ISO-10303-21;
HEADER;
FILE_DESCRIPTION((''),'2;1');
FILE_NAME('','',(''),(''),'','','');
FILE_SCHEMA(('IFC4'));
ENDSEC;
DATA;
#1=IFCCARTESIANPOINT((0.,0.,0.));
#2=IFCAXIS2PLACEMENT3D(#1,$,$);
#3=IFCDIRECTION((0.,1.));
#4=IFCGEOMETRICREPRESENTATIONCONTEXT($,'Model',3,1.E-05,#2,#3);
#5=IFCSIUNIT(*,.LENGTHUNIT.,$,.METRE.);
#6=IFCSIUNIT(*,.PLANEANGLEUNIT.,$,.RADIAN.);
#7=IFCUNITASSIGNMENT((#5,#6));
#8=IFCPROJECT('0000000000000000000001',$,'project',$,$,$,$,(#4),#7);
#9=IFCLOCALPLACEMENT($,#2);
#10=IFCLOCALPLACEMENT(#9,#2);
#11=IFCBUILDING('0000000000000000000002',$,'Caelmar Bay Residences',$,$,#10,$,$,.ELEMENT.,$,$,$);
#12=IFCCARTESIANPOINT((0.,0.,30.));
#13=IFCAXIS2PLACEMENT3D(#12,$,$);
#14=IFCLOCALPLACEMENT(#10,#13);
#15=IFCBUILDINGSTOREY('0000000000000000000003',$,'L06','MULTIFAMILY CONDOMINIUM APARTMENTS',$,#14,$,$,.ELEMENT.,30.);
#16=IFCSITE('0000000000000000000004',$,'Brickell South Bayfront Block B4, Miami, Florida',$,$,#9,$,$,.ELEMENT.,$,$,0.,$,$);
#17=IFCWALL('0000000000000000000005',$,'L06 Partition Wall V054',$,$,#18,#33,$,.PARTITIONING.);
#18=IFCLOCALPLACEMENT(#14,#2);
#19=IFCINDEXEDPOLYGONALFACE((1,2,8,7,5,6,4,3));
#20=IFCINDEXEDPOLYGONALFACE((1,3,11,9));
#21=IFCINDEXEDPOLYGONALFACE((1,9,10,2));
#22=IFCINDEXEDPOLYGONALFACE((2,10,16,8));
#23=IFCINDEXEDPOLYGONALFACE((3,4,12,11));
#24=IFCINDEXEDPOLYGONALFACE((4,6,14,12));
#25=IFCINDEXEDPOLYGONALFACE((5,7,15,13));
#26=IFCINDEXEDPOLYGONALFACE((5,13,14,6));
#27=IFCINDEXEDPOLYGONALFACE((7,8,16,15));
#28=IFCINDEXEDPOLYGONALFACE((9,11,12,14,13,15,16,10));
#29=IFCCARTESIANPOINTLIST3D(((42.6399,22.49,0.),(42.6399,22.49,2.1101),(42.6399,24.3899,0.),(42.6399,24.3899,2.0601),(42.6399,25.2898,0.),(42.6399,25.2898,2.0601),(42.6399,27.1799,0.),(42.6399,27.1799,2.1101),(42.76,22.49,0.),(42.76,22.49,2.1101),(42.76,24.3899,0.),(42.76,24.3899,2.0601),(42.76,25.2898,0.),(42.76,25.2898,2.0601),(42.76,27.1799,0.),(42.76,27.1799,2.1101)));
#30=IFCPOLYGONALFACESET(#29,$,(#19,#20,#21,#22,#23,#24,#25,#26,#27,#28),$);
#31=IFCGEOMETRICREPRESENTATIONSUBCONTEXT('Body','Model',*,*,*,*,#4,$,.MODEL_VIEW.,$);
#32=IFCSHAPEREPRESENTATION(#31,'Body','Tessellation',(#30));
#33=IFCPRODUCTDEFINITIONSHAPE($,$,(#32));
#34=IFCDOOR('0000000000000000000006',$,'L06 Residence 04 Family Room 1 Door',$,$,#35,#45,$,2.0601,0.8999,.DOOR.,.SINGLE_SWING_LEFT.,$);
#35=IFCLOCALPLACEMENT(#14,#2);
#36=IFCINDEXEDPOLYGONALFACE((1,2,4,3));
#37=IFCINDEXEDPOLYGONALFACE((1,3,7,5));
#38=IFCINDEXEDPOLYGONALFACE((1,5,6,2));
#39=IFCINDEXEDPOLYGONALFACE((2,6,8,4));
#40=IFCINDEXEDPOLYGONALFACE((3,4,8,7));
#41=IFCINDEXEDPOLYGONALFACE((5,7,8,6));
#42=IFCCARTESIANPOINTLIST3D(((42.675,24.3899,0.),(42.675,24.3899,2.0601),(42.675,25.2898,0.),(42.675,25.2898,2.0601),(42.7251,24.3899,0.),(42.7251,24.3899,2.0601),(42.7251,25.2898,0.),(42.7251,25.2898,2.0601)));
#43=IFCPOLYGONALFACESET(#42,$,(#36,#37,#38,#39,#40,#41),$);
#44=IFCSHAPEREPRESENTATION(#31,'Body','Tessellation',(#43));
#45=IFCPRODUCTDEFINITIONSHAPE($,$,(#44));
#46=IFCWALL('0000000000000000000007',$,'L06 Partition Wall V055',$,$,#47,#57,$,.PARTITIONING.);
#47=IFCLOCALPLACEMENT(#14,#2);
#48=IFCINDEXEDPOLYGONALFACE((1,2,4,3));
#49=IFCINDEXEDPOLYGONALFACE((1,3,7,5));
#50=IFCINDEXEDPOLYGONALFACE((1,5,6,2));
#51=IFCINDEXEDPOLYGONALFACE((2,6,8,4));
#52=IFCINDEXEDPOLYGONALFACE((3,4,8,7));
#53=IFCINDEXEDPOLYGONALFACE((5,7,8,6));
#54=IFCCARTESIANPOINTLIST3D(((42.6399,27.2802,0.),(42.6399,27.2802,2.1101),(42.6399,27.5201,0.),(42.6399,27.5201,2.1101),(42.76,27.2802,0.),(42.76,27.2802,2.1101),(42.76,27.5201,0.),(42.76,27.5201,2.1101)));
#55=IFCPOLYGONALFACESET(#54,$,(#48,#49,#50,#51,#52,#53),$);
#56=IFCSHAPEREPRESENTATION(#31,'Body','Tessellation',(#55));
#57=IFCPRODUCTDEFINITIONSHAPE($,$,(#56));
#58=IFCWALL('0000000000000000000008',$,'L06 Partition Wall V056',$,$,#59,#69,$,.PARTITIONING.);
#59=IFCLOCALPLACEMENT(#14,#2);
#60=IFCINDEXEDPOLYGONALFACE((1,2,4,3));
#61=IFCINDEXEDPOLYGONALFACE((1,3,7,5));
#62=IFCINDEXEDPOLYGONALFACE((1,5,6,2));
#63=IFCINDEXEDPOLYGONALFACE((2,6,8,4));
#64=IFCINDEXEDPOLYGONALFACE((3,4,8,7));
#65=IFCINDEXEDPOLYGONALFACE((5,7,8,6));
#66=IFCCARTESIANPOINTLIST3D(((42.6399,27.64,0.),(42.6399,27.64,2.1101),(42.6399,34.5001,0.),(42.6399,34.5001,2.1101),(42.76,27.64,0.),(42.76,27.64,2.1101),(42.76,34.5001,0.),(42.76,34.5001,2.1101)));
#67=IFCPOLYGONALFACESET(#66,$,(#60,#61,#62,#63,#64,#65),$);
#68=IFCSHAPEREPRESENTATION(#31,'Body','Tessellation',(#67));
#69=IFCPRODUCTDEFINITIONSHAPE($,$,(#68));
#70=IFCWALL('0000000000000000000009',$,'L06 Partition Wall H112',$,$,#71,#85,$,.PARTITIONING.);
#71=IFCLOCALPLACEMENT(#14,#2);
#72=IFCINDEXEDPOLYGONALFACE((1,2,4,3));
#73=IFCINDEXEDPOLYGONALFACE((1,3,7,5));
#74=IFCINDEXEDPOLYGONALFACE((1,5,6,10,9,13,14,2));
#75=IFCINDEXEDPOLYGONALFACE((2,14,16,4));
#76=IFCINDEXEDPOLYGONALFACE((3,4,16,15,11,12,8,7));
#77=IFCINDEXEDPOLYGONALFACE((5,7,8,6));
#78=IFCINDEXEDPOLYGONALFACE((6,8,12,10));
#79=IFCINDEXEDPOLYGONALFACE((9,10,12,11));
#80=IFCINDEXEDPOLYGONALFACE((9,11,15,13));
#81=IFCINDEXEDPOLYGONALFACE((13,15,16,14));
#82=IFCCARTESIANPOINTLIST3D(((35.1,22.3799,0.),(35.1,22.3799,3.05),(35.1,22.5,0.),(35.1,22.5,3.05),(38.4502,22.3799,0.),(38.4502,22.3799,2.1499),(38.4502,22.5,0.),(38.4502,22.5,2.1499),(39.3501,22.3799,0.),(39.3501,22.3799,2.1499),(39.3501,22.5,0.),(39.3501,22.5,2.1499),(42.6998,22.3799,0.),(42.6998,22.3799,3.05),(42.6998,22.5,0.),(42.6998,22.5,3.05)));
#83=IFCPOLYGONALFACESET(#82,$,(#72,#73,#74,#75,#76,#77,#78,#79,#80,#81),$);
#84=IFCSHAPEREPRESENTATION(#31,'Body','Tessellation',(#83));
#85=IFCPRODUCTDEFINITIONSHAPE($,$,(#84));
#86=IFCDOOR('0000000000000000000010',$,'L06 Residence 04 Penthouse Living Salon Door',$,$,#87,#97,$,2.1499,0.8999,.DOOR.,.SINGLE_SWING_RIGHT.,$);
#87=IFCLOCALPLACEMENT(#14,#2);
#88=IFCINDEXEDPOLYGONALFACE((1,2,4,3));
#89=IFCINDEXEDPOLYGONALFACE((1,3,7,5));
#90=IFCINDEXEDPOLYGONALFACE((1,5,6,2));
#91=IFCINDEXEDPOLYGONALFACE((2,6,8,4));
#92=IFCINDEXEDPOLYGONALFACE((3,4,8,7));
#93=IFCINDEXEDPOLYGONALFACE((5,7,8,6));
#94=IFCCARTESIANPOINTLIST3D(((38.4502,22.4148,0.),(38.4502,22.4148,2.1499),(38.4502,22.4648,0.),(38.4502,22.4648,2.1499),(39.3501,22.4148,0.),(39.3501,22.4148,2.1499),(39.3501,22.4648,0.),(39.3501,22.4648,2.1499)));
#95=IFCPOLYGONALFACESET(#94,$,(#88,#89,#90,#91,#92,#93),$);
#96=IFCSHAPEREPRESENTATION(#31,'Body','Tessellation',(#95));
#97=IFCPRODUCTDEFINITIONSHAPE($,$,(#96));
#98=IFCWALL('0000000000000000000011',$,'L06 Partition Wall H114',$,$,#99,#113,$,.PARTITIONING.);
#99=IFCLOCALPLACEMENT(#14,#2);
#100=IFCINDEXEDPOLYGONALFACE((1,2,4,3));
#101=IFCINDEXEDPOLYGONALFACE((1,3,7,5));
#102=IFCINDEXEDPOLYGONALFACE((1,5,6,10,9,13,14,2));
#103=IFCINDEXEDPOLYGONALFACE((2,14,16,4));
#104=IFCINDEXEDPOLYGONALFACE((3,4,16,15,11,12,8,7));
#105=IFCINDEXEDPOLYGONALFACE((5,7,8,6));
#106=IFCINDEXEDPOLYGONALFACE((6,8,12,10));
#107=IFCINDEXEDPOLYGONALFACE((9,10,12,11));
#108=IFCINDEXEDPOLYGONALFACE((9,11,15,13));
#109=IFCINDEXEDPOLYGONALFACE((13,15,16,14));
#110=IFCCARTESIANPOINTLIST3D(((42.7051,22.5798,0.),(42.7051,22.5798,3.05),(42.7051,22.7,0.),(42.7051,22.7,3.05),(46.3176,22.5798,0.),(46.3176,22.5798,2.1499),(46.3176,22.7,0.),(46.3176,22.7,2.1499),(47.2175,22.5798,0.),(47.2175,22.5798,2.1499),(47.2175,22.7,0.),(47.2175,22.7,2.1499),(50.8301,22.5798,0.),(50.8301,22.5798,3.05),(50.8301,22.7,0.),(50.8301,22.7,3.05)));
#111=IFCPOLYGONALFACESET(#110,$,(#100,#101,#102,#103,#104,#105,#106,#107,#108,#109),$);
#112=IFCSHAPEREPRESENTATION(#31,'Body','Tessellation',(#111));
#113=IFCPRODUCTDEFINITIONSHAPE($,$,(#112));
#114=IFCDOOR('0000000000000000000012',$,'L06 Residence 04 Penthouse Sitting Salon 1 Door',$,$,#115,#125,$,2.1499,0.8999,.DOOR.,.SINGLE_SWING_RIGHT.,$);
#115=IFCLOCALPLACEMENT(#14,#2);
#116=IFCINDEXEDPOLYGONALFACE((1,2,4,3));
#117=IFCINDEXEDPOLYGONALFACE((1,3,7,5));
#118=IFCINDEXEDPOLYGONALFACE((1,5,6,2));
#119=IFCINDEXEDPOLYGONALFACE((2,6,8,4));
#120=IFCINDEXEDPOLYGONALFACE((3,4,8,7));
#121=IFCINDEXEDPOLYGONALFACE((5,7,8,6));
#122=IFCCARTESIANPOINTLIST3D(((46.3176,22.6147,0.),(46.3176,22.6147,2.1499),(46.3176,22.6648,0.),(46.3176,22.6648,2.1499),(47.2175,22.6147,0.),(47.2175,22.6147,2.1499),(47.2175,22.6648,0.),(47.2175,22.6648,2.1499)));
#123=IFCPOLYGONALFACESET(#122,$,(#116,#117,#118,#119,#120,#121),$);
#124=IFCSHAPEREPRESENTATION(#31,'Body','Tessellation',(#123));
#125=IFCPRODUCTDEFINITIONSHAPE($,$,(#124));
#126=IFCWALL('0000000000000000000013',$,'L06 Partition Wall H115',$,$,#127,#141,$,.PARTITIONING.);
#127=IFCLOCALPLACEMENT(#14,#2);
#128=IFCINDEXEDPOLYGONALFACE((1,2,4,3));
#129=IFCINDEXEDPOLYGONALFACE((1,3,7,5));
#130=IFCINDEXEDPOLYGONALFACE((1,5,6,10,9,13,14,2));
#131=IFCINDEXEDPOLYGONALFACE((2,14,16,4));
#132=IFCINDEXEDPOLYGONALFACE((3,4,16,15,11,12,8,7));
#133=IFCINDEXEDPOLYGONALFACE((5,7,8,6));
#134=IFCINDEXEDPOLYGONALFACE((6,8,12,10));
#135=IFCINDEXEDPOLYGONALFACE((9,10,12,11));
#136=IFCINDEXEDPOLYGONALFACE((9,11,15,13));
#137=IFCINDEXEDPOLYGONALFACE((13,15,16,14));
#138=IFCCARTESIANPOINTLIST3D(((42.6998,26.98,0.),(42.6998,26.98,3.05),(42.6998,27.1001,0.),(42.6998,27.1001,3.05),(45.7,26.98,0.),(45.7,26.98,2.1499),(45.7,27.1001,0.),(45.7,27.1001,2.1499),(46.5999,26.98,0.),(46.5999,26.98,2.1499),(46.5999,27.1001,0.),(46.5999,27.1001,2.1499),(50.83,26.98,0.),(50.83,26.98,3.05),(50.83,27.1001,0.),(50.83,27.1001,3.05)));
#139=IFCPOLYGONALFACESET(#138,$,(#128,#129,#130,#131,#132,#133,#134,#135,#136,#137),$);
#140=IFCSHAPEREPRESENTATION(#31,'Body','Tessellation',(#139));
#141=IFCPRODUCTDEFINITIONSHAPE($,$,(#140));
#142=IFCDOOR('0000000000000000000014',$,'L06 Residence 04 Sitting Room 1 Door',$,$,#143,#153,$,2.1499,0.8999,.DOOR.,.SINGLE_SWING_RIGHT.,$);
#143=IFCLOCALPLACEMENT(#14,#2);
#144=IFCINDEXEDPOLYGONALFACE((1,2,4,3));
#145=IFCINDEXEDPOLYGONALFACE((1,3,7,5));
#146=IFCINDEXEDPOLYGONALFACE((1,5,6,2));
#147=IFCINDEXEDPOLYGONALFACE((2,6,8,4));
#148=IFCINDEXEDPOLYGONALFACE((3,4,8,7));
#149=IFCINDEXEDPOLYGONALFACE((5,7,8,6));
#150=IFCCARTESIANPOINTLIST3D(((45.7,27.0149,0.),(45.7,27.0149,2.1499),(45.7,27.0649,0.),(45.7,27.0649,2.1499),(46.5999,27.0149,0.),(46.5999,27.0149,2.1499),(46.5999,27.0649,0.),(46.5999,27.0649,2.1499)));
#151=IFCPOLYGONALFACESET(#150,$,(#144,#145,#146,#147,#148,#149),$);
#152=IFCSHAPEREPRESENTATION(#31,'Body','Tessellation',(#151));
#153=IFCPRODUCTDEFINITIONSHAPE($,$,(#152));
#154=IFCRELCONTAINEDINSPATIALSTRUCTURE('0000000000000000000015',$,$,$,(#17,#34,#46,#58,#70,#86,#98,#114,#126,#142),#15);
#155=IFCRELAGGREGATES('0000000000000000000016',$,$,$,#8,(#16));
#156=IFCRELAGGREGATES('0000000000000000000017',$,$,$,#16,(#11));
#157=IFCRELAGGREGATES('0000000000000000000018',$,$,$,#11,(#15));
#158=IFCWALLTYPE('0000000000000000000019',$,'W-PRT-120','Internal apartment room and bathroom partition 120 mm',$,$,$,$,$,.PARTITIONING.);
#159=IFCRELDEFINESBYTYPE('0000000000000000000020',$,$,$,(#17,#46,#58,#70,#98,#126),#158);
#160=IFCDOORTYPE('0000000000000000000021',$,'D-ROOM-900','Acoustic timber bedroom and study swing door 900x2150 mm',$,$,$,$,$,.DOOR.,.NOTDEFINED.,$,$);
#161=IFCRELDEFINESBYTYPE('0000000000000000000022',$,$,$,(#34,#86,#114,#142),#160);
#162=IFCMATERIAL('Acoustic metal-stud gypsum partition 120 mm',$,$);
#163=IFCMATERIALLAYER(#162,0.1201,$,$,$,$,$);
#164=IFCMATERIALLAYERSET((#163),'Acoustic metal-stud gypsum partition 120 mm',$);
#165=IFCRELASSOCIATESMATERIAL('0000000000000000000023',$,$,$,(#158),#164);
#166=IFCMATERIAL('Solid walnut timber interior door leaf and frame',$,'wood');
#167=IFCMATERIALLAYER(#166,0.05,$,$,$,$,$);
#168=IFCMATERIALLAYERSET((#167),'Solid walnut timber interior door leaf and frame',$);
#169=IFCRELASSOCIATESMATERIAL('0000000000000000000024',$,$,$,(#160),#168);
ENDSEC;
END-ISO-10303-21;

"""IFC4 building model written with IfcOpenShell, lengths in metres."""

from ifc_helpers import new_model, si_unit, direction, frame, frame_2d, origin, place, context, subcontext, project, spatial, rectangle, extrude, material, layer, layer_set, type_object, element, fill, save


model = new_model("IFC4")

# Units and contexts
model_context = context("Model", 3, precision=1e-05, world=origin(), true_north=direction((0.0, 1.0)))
body_context = subcontext(model_context, "Body", "Model", "MODEL_VIEW")
ifc_project = project(units=[si_unit("LENGTHUNIT", "METRE"), si_unit("PLANEANGLEUNIT", "RADIAN")], contexts=[model_context])

# Site, building, storey
site_placement = place(None, origin())
site = spatial("IfcSite", under=ifc_project, at=site_placement, Name="Brickell South Bayfront Block B4, Miami, Florida", CompositionType="ELEMENT", RefElevation=0.0)
building_placement = place(site_placement, origin())
building = spatial("IfcBuilding", under=site, at=building_placement, Name="Caelmar Bay Residences", CompositionType="ELEMENT")
storey_placement = place(building_placement, frame((0.0, 0.0, 30.0)))
storey = spatial("IfcBuildingStorey", under=building, at=storey_placement, Name="L06", Description="MULTIFAMILY CONDOMINIUM APARTMENTS", CompositionType="ELEMENT", Elevation=30.0)

# Shared definitions
ifc_material_1 = material(Name="Acoustic metal-stud gypsum partition 120 mm")
ifc_layer_1 = layer(ifc_material_1, 0.1201)
ifc_layer_set_1 = layer_set([ifc_layer_1], Name="Acoustic metal-stud gypsum partition 120 mm")
wall_type_1 = type_object("IfcWallType", Name="W-PRT-120", Description="Internal apartment room and bathroom partition 120 mm", PredefinedType="PARTITIONING", material=ifc_layer_set_1)

# Wall, opening, door
ifc_material_2 = material(Name="Solid walnut timber interior door leaf and frame", Category="wood")
wall_1_placement = place(storey_placement, frame((42.7, 22.49, 0.0), z_axis=(0.0, 0.0, 1.0), x_axis=(0.0, 1.0, 0.0)))
wall_1 = element("IfcWall", 1, at=wall_1_placement, inside=storey, type_object=wall_type_1, Name="L06 Partition Wall V054", PredefinedType="PARTITIONING", context=body_context, shape_type="SweptSolid", body=[
    extrude(rectangle(XDim=4.6899, YDim=0.1201, at=frame_2d((2.345, 0.0))), origin(), (0.0, 0.0, 1.0), 2.1101),
])
opening_1_placement = place(wall_1_placement, frame((1.8999, 0.0, 0.0)))
opening_1 = element("IfcOpeningElement", 2, at=opening_1_placement, cuts=wall_1, PredefinedType="OPENING", context=body_context, shape_type="SweptSolid", body=[
    extrude(rectangle(XDim=0.8999, YDim=2.0601, at=frame_2d((0.45, 1.03))), frame((0.0, 0.0701, 0.0), z_axis=(0.0, -1.0, 0.0), x_axis=(1.0, 0.0, 0.0)), (0.0, 0.0, 1.0), 0.1401),
])
ifc_layer_2 = layer(ifc_material_2, 0.05)
ifc_layer_set_2 = layer_set([ifc_layer_2], Name="Solid walnut timber interior door leaf and frame")
door_type_1 = type_object("IfcDoorType", Name="D-ROOM-900", Description="Acoustic timber bedroom and study swing door 900x2150 mm", OperationType="NOTDEFINED", PredefinedType="DOOR", material=ifc_layer_set_2)
door_1_placement = place(opening_1_placement, origin())
door_1 = element("IfcDoor", 3, at=door_1_placement, inside=storey, type_object=door_type_1, Name="L06 Residence 04 Family Room 1 Door", OperationType="SINGLE_SWING_LEFT", OverallHeight=2.0601, OverallWidth=0.8999, PredefinedType="DOOR", context=body_context, shape_type="SweptSolid", body=[
    extrude(rectangle(XDim=0.8999, YDim=2.0601, at=frame_2d((0.45, 1.03))), frame((0.0, 0.0249, 0.0), z_axis=(0.0, -1.0, 0.0), x_axis=(1.0, 0.0, 0.0)), (0.0, 0.0, 1.0), 0.05),
])
fill(opening_1, door_1)

# Walls
wall_2_placement = place(storey_placement, frame((42.7, 27.28, 0.0), z_axis=(0.0, 0.0, 1.0), x_axis=(0.0, 1.0, 0.0)))
element("IfcWall", 4, at=wall_2_placement, inside=storey, type_object=wall_type_1, Name="L06 Partition Wall V055", PredefinedType="PARTITIONING", context=body_context, shape_type="SweptSolid", body=[
    extrude(rectangle(XDim=0.24, YDim=0.1201, at=frame_2d((0.1201, 0.0))), origin(), (0.0, 0.0, 1.0), 2.1101),
])
wall_3_placement = place(storey_placement, frame((42.7, 27.6399, 0.0), z_axis=(0.0, 0.0, 1.0), x_axis=(0.0, 1.0, 0.0)))
element("IfcWall", 5, at=wall_3_placement, inside=storey, type_object=wall_type_1, Name="L06 Partition Wall V056", PredefinedType="PARTITIONING", context=body_context, shape_type="SweptSolid", body=[
    extrude(rectangle(XDim=6.8601, YDim=0.1201, at=frame_2d((3.4302, 0.0))), origin(), (0.0, 0.0, 1.0), 2.1101),
])

# Walls, openings, doors
wall_4_placement = place(storey_placement, frame((35.1001, 22.4399, 0.0), z_axis=(0.0, 0.0, 1.0), x_axis=(1.0, 0.0, 0.0)))
wall_4 = element("IfcWall", 6, at=wall_4_placement, inside=storey, type_object=wall_type_1, Name="L06 Partition Wall H112", PredefinedType="PARTITIONING", context=body_context, shape_type="SweptSolid", body=[
    extrude(rectangle(XDim=7.5999, YDim=0.1201, at=frame_2d((3.7998, 0.0))), origin(), (0.0, 0.0, 1.0), 3.05),
])
opening_2_placement = place(wall_4_placement, frame((3.3501, 0.0, 0.0)))
opening_2 = element("IfcOpeningElement", 7, at=opening_2_placement, cuts=wall_4, PredefinedType="OPENING", context=body_context, shape_type="SweptSolid", body=[
    extrude(rectangle(XDim=0.8999, YDim=2.1499, at=frame_2d((0.45, 1.075))), frame((0.0, 0.0701, 0.0), z_axis=(0.0, -1.0, 0.0), x_axis=(1.0, 0.0, 0.0)), (0.0, 0.0, 1.0), 0.1401),
])
door_2_placement = place(opening_2_placement, origin())
door_2 = element("IfcDoor", 8, at=door_2_placement, inside=storey, type_object=door_type_1, Name="L06 Residence 04 Penthouse Living Salon Door", OperationType="SINGLE_SWING_RIGHT", OverallHeight=2.1499, OverallWidth=0.8999, PredefinedType="DOOR", context=body_context, shape_type="SweptSolid", body=[
    extrude(rectangle(XDim=0.8999, YDim=2.1499, at=frame_2d((0.45, 1.075))), frame((0.0, 0.0249, 0.0), z_axis=(0.0, -1.0, 0.0), x_axis=(1.0, 0.0, 0.0)), (0.0, 0.0, 1.0), 0.05),
])
fill(opening_2, door_2)
wall_5_placement = place(storey_placement, frame((42.7051, 22.6399, 0.0), z_axis=(0.0, 0.0, 1.0), x_axis=(1.0, 0.0, 0.0)))
wall_5 = element("IfcWall", 9, at=wall_5_placement, inside=storey, type_object=wall_type_1, Name="L06 Partition Wall H114", PredefinedType="PARTITIONING", context=body_context, shape_type="SweptSolid", body=[
    extrude(rectangle(XDim=8.125, YDim=0.1201, at=frame_2d((4.0625, 0.0))), origin(), (0.0, 0.0, 1.0), 3.05),
])
opening_3_placement = place(wall_5_placement, frame((3.6125, 0.0, 0.0)))
opening_3 = element("IfcOpeningElement", 10, at=opening_3_placement, cuts=wall_5, PredefinedType="OPENING", context=body_context, shape_type="SweptSolid", body=[
    extrude(rectangle(XDim=0.8999, YDim=2.1499, at=frame_2d((0.45, 1.075))), frame((0.0, 0.0701, 0.0), z_axis=(0.0, -1.0, 0.0), x_axis=(1.0, 0.0, 0.0)), (0.0, 0.0, 1.0), 0.1401),
])
door_3_placement = place(opening_3_placement, origin())
door_3 = element("IfcDoor", 11, at=door_3_placement, inside=storey, type_object=door_type_1, Name="L06 Residence 04 Penthouse Sitting Salon 1 Door", OperationType="SINGLE_SWING_RIGHT", OverallHeight=2.1499, OverallWidth=0.8999, PredefinedType="DOOR", context=body_context, shape_type="SweptSolid", body=[
    extrude(rectangle(XDim=0.8999, YDim=2.1499, at=frame_2d((0.45, 1.075))), frame((0.0, 0.0249, 0.0), z_axis=(0.0, -1.0, 0.0), x_axis=(1.0, 0.0, 0.0)), (0.0, 0.0, 1.0), 0.05),
])
fill(opening_3, door_3)
wall_6_placement = place(storey_placement, frame((42.7, 27.04, 0.0), z_axis=(0.0, 0.0, 1.0), x_axis=(1.0, 0.0, 0.0)))
wall_6 = element("IfcWall", 12, at=wall_6_placement, inside=storey, type_object=wall_type_1, Name="L06 Partition Wall H115", PredefinedType="PARTITIONING", context=body_context, shape_type="SweptSolid", body=[
    extrude(rectangle(XDim=8.1301, YDim=0.1201, at=frame_2d((4.0649, 0.0))), origin(), (0.0, 0.0, 1.0), 3.05),
])
opening_4_placement = place(wall_6_placement, frame((3.0, 0.0, 0.0)))
opening_4 = element("IfcOpeningElement", 13, at=opening_4_placement, cuts=wall_6, PredefinedType="OPENING", context=body_context, shape_type="SweptSolid", body=[
    extrude(rectangle(XDim=0.8999, YDim=2.1499, at=frame_2d((0.45, 1.075))), frame((0.0, 0.0701, 0.0), z_axis=(0.0, -1.0, 0.0), x_axis=(1.0, 0.0, 0.0)), (0.0, 0.0, 1.0), 0.1401),
])
door_4_placement = place(opening_4_placement, origin())
door_4 = element("IfcDoor", 14, at=door_4_placement, inside=storey, type_object=door_type_1, Name="L06 Residence 04 Sitting Room 1 Door", OperationType="SINGLE_SWING_RIGHT", OverallHeight=2.1499, OverallWidth=0.8999, PredefinedType="DOOR", context=body_context, shape_type="SweptSolid", body=[
    extrude(rectangle(XDim=0.8999, YDim=2.1499, at=frame_2d((0.45, 1.075))), frame((0.0, 0.0249, 0.0), z_axis=(0.0, -1.0, 0.0), x_axis=(1.0, 0.0, 0.0)), (0.0, 0.0, 1.0), 0.05),
])
fill(opening_4, door_4)

save(model, "model.ifc")
